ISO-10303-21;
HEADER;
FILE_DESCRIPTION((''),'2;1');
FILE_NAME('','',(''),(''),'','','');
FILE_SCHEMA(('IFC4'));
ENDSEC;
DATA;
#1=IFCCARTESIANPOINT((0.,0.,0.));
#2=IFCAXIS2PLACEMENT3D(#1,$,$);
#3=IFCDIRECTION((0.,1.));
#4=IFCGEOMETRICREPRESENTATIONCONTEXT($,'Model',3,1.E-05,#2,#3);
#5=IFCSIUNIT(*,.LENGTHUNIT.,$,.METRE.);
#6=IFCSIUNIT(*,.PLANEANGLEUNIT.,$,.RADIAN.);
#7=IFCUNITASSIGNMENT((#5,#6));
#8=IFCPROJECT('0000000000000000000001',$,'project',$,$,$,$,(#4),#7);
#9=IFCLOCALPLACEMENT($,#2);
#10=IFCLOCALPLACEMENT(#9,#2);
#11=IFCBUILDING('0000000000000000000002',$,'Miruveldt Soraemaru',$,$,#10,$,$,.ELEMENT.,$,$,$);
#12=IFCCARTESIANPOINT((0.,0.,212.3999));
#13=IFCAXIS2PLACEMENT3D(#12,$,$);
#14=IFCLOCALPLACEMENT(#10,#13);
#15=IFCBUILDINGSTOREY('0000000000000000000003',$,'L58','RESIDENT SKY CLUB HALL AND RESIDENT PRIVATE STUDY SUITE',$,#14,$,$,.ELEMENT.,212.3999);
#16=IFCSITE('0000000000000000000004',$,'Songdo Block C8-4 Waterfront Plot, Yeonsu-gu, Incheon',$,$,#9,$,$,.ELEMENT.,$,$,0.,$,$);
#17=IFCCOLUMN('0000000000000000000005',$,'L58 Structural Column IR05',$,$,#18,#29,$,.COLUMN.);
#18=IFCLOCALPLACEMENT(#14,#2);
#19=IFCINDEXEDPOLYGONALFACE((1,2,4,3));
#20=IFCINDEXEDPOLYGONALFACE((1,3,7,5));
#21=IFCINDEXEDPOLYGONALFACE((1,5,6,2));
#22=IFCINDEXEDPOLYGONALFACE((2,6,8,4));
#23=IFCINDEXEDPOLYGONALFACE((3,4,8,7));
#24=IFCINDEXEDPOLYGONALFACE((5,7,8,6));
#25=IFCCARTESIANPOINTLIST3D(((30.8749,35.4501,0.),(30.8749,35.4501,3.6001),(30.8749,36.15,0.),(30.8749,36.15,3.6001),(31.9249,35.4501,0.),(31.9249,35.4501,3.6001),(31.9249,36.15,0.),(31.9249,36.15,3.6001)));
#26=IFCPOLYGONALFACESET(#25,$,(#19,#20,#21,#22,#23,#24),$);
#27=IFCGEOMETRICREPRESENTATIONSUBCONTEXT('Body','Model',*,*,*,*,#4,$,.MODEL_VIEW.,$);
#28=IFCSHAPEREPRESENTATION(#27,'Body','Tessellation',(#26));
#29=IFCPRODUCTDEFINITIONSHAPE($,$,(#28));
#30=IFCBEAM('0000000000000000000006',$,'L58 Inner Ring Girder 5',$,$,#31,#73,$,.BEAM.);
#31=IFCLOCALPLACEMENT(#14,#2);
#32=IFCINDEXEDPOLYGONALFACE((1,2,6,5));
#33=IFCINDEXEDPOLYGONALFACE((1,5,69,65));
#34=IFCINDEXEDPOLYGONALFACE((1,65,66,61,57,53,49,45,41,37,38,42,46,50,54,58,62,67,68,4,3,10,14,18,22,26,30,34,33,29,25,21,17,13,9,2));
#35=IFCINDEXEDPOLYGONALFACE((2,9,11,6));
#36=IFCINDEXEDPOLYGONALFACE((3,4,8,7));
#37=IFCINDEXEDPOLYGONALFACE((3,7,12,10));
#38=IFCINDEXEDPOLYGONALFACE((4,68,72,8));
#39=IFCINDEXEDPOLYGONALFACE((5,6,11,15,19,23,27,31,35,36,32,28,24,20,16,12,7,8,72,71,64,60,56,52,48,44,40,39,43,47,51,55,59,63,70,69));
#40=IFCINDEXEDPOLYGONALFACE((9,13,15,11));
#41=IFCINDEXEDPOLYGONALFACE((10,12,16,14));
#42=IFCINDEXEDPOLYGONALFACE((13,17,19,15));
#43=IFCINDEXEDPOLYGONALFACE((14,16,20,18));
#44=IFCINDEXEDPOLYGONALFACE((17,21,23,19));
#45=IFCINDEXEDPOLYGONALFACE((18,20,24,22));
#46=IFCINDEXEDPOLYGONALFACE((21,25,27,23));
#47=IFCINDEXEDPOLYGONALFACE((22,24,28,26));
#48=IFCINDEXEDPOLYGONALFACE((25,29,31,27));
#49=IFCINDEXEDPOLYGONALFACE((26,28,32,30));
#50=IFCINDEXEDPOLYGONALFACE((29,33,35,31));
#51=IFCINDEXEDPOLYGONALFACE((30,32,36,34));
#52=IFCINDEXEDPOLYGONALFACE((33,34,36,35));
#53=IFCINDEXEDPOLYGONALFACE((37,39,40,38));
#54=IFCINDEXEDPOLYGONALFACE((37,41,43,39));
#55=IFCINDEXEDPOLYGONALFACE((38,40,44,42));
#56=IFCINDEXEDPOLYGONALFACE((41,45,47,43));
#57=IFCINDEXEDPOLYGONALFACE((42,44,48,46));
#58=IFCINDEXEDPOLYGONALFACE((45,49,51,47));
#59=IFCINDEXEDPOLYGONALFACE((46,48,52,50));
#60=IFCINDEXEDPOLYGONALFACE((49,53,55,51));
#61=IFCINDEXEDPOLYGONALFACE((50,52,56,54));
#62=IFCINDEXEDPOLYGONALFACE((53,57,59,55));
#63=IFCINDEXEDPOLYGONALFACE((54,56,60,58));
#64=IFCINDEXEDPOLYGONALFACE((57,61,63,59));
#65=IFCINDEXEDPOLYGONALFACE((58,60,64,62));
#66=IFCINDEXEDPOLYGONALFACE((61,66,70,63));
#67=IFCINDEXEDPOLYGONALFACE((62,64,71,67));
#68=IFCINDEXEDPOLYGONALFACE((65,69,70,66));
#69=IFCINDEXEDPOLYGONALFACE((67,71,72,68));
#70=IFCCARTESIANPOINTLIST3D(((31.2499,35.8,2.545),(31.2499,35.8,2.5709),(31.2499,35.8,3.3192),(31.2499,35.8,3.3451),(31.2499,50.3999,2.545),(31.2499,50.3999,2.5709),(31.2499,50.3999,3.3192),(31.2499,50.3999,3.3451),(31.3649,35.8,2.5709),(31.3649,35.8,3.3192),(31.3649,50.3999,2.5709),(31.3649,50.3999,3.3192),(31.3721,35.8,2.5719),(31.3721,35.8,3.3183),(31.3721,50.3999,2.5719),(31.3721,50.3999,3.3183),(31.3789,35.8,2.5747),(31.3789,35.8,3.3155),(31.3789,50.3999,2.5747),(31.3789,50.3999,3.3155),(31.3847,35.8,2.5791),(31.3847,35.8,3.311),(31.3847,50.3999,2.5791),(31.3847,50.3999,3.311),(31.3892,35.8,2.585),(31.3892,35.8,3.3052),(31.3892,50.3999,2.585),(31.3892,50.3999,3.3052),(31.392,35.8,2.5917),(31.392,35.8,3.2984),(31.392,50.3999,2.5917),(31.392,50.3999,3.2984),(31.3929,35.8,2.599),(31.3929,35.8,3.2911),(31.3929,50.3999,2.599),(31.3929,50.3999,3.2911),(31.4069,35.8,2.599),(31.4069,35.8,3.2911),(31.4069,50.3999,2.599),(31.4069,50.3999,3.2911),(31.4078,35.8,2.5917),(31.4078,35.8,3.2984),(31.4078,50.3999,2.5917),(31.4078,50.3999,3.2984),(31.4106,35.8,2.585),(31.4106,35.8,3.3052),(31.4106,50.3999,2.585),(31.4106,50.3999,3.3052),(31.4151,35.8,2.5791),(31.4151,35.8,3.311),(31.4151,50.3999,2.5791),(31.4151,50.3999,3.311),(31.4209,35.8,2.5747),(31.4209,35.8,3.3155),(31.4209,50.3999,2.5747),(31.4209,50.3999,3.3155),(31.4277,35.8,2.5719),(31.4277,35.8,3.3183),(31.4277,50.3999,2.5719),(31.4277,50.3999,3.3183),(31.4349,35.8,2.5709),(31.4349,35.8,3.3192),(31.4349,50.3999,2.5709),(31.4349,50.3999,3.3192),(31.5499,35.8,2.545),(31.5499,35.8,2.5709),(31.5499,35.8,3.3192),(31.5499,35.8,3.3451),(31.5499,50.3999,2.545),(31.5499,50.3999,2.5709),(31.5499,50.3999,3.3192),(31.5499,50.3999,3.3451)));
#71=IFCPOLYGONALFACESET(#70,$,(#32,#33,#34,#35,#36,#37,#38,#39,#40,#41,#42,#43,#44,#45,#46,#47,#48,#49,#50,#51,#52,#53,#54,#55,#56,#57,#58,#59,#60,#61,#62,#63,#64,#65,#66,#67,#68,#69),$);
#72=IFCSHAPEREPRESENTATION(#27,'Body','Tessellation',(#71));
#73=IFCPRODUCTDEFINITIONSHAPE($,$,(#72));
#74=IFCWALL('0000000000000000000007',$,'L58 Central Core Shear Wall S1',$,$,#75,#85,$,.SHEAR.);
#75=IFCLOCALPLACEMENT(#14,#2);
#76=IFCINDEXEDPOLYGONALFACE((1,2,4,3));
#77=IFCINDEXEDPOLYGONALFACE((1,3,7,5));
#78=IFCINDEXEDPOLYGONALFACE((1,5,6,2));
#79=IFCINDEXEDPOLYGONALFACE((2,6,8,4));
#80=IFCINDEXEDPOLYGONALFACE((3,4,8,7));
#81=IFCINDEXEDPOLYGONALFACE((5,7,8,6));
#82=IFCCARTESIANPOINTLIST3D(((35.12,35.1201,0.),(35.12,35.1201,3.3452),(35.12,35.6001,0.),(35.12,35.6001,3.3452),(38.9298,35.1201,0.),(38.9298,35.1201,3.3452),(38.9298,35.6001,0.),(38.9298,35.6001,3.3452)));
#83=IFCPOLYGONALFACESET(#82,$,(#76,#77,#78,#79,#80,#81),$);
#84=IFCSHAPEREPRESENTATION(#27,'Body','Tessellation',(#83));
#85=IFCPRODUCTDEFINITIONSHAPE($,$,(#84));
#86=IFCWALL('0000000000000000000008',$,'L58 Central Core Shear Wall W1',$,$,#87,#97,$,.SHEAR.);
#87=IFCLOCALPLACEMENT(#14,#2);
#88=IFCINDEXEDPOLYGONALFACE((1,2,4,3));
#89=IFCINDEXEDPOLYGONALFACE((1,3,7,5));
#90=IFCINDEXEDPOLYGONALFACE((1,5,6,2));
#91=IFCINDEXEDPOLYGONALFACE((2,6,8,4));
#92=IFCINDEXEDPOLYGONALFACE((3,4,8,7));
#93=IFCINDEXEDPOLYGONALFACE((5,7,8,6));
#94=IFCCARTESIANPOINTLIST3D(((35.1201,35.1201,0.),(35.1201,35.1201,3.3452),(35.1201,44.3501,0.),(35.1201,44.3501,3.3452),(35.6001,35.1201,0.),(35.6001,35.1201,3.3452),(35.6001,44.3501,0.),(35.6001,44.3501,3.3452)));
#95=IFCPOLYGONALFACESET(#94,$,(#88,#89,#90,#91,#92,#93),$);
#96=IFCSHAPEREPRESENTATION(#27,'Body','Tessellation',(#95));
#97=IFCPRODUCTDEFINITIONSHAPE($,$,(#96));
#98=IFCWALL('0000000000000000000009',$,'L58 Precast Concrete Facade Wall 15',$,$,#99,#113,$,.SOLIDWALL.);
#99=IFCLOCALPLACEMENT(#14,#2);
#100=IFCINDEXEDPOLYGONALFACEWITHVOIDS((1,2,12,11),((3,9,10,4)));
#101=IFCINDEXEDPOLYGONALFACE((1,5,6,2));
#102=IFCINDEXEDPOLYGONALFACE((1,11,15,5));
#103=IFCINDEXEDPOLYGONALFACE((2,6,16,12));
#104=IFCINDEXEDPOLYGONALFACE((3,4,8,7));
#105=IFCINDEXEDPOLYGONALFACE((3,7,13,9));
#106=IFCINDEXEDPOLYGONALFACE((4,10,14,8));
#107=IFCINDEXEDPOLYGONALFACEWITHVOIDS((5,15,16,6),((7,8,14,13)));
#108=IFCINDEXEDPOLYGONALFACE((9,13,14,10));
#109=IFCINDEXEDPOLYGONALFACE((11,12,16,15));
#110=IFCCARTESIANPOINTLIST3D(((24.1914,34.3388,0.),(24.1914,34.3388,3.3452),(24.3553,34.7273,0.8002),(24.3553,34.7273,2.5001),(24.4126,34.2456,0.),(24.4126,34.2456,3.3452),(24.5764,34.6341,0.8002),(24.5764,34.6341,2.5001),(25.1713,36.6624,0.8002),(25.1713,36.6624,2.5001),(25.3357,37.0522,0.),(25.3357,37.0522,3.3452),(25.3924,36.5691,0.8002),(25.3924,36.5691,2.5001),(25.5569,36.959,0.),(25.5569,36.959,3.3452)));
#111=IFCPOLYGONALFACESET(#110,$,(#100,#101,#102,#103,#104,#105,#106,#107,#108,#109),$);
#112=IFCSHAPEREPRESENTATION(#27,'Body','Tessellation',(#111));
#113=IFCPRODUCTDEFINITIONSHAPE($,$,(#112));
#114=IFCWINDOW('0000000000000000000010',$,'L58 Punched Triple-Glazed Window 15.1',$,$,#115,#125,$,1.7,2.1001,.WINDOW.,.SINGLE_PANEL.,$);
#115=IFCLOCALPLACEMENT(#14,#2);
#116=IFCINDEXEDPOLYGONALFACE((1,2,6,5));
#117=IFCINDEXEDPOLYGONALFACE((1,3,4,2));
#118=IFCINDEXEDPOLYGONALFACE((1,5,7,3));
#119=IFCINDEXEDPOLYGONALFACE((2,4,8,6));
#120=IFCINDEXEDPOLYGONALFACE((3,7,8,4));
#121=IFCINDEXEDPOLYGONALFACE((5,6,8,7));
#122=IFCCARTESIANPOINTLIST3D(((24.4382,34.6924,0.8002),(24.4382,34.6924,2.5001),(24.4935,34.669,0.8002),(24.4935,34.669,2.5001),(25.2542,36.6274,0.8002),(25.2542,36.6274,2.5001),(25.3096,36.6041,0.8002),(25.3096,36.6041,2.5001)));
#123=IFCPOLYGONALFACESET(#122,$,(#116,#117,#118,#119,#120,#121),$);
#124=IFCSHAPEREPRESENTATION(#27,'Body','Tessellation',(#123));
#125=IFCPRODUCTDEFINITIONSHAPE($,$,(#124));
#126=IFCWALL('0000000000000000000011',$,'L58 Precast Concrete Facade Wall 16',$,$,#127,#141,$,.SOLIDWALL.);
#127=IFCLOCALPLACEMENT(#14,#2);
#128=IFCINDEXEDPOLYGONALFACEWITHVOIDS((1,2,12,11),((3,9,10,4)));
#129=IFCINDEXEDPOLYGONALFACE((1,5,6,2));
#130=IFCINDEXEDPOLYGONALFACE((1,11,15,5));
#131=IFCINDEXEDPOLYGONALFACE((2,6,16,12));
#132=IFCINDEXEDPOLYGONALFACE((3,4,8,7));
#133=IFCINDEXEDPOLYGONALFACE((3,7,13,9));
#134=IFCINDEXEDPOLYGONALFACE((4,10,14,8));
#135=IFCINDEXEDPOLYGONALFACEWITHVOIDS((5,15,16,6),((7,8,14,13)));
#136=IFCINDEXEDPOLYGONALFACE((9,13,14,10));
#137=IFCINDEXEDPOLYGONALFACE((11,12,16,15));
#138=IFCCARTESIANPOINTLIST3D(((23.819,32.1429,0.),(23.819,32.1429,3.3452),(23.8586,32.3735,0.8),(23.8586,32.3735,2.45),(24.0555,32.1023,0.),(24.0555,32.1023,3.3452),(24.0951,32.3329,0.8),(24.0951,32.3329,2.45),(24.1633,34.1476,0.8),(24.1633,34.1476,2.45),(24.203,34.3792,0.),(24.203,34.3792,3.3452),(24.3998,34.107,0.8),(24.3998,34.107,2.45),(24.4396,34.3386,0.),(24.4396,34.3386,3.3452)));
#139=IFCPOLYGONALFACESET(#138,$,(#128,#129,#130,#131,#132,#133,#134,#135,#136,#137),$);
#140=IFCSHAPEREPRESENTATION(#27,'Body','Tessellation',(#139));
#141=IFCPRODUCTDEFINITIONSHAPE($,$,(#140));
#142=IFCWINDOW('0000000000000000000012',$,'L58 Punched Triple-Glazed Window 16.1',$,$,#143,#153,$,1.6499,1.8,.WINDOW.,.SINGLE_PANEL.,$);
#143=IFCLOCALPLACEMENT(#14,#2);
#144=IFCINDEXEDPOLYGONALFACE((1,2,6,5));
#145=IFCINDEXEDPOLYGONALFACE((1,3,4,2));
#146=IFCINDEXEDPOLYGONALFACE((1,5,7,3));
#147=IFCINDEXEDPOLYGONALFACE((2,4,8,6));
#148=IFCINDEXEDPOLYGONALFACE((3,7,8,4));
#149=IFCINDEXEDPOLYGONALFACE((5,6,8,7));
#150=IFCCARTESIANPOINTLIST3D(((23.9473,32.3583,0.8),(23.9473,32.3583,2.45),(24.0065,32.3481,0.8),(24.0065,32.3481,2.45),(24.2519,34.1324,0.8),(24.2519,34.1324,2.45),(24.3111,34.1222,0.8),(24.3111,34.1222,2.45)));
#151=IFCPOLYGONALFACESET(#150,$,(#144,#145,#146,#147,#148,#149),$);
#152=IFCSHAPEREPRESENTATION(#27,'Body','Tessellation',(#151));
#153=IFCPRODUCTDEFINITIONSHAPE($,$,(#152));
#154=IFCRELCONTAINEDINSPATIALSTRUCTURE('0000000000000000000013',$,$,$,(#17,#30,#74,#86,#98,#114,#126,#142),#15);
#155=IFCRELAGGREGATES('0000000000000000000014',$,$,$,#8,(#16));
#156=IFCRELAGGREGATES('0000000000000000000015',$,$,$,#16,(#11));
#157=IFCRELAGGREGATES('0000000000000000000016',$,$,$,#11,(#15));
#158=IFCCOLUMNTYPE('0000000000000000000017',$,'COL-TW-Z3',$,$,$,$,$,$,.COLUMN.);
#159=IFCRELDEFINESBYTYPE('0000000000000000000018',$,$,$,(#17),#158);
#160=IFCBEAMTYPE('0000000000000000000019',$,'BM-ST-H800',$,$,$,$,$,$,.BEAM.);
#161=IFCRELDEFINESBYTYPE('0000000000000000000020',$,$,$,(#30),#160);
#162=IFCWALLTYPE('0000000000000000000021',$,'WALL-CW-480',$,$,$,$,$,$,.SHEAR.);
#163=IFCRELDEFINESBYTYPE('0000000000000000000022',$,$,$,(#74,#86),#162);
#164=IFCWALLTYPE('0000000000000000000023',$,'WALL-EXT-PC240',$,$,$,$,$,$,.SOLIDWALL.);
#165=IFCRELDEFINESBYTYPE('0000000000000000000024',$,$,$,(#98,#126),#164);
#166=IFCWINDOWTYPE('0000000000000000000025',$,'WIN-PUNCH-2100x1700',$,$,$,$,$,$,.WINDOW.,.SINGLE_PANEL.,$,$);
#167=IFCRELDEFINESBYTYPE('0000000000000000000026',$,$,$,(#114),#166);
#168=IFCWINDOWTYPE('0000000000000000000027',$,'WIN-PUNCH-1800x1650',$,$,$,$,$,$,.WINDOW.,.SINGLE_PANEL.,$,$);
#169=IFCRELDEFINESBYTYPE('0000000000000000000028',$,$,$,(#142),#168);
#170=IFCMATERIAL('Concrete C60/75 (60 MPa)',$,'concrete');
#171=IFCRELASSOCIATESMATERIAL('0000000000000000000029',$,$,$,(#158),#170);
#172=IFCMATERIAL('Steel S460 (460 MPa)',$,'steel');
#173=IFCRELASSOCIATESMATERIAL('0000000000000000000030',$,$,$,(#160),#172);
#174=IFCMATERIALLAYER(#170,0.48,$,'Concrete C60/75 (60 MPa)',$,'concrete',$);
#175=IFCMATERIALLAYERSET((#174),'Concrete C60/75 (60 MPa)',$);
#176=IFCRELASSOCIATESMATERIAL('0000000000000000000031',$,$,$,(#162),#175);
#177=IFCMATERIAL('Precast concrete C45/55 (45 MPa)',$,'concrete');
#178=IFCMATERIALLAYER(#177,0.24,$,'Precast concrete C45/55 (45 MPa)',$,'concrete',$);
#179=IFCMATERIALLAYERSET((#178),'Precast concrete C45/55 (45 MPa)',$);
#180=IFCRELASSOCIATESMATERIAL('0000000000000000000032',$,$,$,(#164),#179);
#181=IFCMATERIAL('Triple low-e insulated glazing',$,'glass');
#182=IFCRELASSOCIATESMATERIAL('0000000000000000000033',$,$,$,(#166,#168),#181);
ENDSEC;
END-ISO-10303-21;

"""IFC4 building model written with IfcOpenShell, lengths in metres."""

from ifc_helpers import new_model, si_unit, direction, frame, frame_2d, origin, origin_2d, place, context, subcontext, project, spatial, rectangle, i_section, extrude, material, layer, layer_set, material_profile, profile_set, type_object, element, fill, save


model = new_model("IFC4")

# Units and contexts
model_context = context("Model", 3, precision=1e-05, world=origin(), true_north=direction((0.0, 1.0)))
body_context = subcontext(model_context, "Body", "Model", "MODEL_VIEW")
ifc_project = project(units=[si_unit("LENGTHUNIT", "METRE"), si_unit("PLANEANGLEUNIT", "RADIAN")], contexts=[model_context])

# Site, building, storey
site_placement = place(None, origin())
site = spatial("IfcSite", under=ifc_project, at=site_placement, Name="Songdo Block C8-4 Waterfront Plot, Yeonsu-gu, Incheon", CompositionType="ELEMENT", RefElevation=0.0)
building_placement = place(site_placement, origin())
building = spatial("IfcBuilding", under=site, at=building_placement, Name="Miruveldt Soraemaru", CompositionType="ELEMENT")
storey_placement = place(building_placement, frame((0.0, 0.0, 212.3999)))
storey = spatial("IfcBuildingStorey", under=building, at=storey_placement, Name="L58", Description="RESIDENT SKY CLUB HALL AND RESIDENT PRIVATE STUDY SUITE", CompositionType="ELEMENT", Elevation=212.3999)

# Column
ifc_material_1 = material(Name="Concrete C60/75 (60 MPa)", Category="concrete")
ifc_material_profile_1 = material_profile(ifc_material_1, rectangle(XDim=1.05, YDim=0.7, at=origin_2d()), Name="Concrete C60/75 (60 MPa)", Category="concrete")
ifc_profile_set_1 = profile_set([ifc_material_profile_1], Name="Concrete C60/75 (60 MPa)")
column_type = type_object("IfcColumnType", Name="COL-TW-Z3", PredefinedType="COLUMN", material=ifc_profile_set_1)
column_placement = place(storey_placement, frame((31.3999, 35.8, 0.0), z_axis=(0.0, 0.0, 1.0), x_axis=(1.0, 0.0, 0.0)))
element("IfcColumn", 1, at=column_placement, inside=storey, type_object=column_type, Name="L58 Structural Column IR05", PredefinedType="COLUMN", context=body_context, shape_type="SweptSolid", body=[
    extrude(rectangle(XDim=1.05, YDim=0.7, at=origin_2d()), origin(), (0.0, 0.0, 1.0), 3.6001),
])

# Beam
ifc_material_2 = material(Name="Steel S460 (460 MPa)", Category="steel")
ifc_material_profile_2 = material_profile(ifc_material_2, i_section(OverallWidth=0.3, OverallDepth=0.8, WebThickness=0.0139, FlangeThickness=0.0259, FilletRadius=0.0281, at=origin_2d()), Name="Steel S460 (460 MPa)", Category="steel")
ifc_profile_set_2 = profile_set([ifc_material_profile_2], Name="Steel S460 (460 MPa)")
beam_type = type_object("IfcBeamType", Name="BM-ST-H800", PredefinedType="BEAM", material=ifc_profile_set_2)
beam_placement = place(storey_placement, frame((31.3999, 35.8, 2.9451), z_axis=(0.0, 1.0, 0.0), x_axis=(-1.0, 0.0, 0.0)))
element("IfcBeam", 2, at=beam_placement, inside=storey, type_object=beam_type, Name="L58 Inner Ring Girder 5", PredefinedType="BEAM", context=body_context, shape_type="SweptSolid", body=[
    extrude(i_section(OverallWidth=0.3, OverallDepth=0.8, WebThickness=0.0139, FlangeThickness=0.0259, FilletRadius=0.0281, at=origin_2d()), origin(), (0.0, 0.0, 1.0), 14.5999),
])

# Walls
ifc_layer_1 = layer(ifc_material_1, 0.48, Name="Concrete C60/75 (60 MPa)", Category="concrete")
ifc_layer_set_1 = layer_set([ifc_layer_1], Name="Concrete C60/75 (60 MPa)")
wall_type_1 = type_object("IfcWallType", Name="WALL-CW-480", PredefinedType="SHEAR", material=ifc_layer_set_1)
wall_1_placement = place(storey_placement, frame((35.1201, 35.3601, 0.0), z_axis=(0.0, 0.0, 1.0), x_axis=(1.0, 0.0, 0.0)))
element("IfcWall", 3, at=wall_1_placement, inside=storey, type_object=wall_type_1, Name="L58 Central Core Shear Wall S1", PredefinedType="SHEAR", context=body_context, shape_type="SweptSolid", body=[
    extrude(rectangle(XDim=3.8098, YDim=0.48, at=frame_2d((1.9048, 0.0))), origin(), (0.0, 0.0, 1.0), 3.3452),
])
wall_2_placement = place(storey_placement, frame((35.3601, 35.1201, 0.0), z_axis=(0.0, 0.0, 1.0), x_axis=(0.0, 1.0, 0.0)))
element("IfcWall", 4, at=wall_2_placement, inside=storey, type_object=wall_type_1, Name="L58 Central Core Shear Wall W1", PredefinedType="SHEAR", context=body_context, shape_type="SweptSolid", body=[
    extrude(rectangle(XDim=9.23, YDim=0.48, at=frame_2d((4.615, 0.0))), origin(), (0.0, 0.0, 1.0), 3.3452),
])

# Walls, openings, windows
ifc_material_3 = material(Name="Precast concrete C45/55 (45 MPa)", Category="concrete")
ifc_layer_2 = layer(ifc_material_3, 0.24, Name="Precast concrete C45/55 (45 MPa)", Category="concrete")
ifc_layer_set_2 = layer_set([ifc_layer_2], Name="Precast concrete C45/55 (45 MPa)")
wall_type_2 = type_object("IfcWallType", Name="WALL-EXT-PC240", PredefinedType="SOLIDWALL", material=ifc_layer_set_2)
wall_3_placement = place(storey_placement, frame((25.4463, 37.0056, 0.0), z_axis=(0.0, 0.0, 1.0), x_axis=(-0.38858, -0.921415, 0.0)))
wall_3 = element("IfcWall", 5, at=wall_3_placement, inside=storey, type_object=wall_type_2, Name="L58 Precast Concrete Facade Wall 15", PredefinedType="SOLIDWALL", context=body_context, shape_type="SweptSolid", body=[
    extrude(rectangle(XDim=2.9448, YDim=0.24, at=frame_2d((1.4724, 0.0))), origin(), (0.0, 0.0, 1.0), 3.3452),
])
opening_1_placement = place(wall_3_placement, frame((0.4231, 0.0, 0.8)))
opening_1 = element("IfcOpeningElement", 6, at=opening_1_placement, cuts=wall_3, PredefinedType="OPENING", context=body_context, shape_type="SweptSolid", body=[
    extrude(rectangle(XDim=2.1001, YDim=1.7, at=frame_2d((1.05, 0.8501))), frame((0.0, 0.1299, 0.0), z_axis=(0.0, -1.0, 0.0), x_axis=(1.0, 0.0, 0.0)), (0.0, 0.0, 1.0), 0.26),
])
ifc_material_4 = material(Name="Triple low-e insulated glazing", Category="glass")
window_type_1 = type_object("IfcWindowType", Name="WIN-PUNCH-2100x1700", PartitioningType="SINGLE_PANEL", PredefinedType="WINDOW", material=ifc_material_4)
window_1_placement = place(opening_1_placement, origin())
window_1 = element("IfcWindow", 7, at=window_1_placement, inside=storey, type_object=window_type_1, Name="L58 Punched Triple-Glazed Window 15.1", OverallHeight=1.7, OverallWidth=2.1001, PartitioningType="SINGLE_PANEL", PredefinedType="WINDOW", context=body_context, shape_type="SweptSolid", body=[
    extrude(rectangle(XDim=2.1001, YDim=1.7, at=frame_2d((1.05, 0.8501))), frame((0.0, 0.03, 0.0), z_axis=(0.0, -1.0, 0.0), x_axis=(1.0, 0.0, 0.0)), (0.0, 0.0, 1.0), 0.0601),
])
fill(opening_1, window_1)
wall_4_placement = place(storey_placement, frame((24.3213, 34.3589, 0.0), z_axis=(0.0, 0.0, 1.0), x_axis=(-0.169248, -0.985574, 0.0)))
wall_4 = element("IfcWall", 8, at=wall_4_placement, inside=storey, type_object=wall_type_2, Name="L58 Precast Concrete Facade Wall 16", PredefinedType="SOLIDWALL", context=body_context, shape_type="SweptSolid", body=[
    extrude(rectangle(XDim=2.269, YDim=0.24, at=frame_2d((1.1345, 0.0))), origin(), (0.0, 0.0, 1.0), 3.3452),
])
opening_2_placement = place(wall_4_placement, frame((0.2351, 0.0, 0.8)))
opening_2 = element("IfcOpeningElement", 9, at=opening_2_placement, cuts=wall_4, PredefinedType="OPENING", context=body_context, shape_type="SweptSolid", body=[
    extrude(rectangle(XDim=1.8, YDim=1.6499, at=frame_2d((0.8999, 0.825))), frame((0.0, 0.1299, 0.0), z_axis=(0.0, -1.0, 0.0), x_axis=(1.0, 0.0, 0.0)), (0.0, 0.0, 1.0), 0.26),
])
window_type_2 = type_object("IfcWindowType", Name="WIN-PUNCH-1800x1650", PartitioningType="SINGLE_PANEL", PredefinedType="WINDOW", material=ifc_material_4)
window_2_placement = place(opening_2_placement, origin())
window_2 = element("IfcWindow", 10, at=window_2_placement, inside=storey, type_object=window_type_2, Name="L58 Punched Triple-Glazed Window 16.1", OverallHeight=1.6499, OverallWidth=1.8, PartitioningType="SINGLE_PANEL", PredefinedType="WINDOW", context=body_context, shape_type="SweptSolid", body=[
    extrude(rectangle(XDim=1.8, YDim=1.6499, at=frame_2d((0.8999, 0.825))), frame((0.0, 0.03, 0.0), z_axis=(0.0, -1.0, 0.0), x_axis=(1.0, 0.0, 0.0)), (0.0, 0.0, 1.0), 0.0601),
])
fill(opening_2, window_2)

save(model, "model.ifc")
